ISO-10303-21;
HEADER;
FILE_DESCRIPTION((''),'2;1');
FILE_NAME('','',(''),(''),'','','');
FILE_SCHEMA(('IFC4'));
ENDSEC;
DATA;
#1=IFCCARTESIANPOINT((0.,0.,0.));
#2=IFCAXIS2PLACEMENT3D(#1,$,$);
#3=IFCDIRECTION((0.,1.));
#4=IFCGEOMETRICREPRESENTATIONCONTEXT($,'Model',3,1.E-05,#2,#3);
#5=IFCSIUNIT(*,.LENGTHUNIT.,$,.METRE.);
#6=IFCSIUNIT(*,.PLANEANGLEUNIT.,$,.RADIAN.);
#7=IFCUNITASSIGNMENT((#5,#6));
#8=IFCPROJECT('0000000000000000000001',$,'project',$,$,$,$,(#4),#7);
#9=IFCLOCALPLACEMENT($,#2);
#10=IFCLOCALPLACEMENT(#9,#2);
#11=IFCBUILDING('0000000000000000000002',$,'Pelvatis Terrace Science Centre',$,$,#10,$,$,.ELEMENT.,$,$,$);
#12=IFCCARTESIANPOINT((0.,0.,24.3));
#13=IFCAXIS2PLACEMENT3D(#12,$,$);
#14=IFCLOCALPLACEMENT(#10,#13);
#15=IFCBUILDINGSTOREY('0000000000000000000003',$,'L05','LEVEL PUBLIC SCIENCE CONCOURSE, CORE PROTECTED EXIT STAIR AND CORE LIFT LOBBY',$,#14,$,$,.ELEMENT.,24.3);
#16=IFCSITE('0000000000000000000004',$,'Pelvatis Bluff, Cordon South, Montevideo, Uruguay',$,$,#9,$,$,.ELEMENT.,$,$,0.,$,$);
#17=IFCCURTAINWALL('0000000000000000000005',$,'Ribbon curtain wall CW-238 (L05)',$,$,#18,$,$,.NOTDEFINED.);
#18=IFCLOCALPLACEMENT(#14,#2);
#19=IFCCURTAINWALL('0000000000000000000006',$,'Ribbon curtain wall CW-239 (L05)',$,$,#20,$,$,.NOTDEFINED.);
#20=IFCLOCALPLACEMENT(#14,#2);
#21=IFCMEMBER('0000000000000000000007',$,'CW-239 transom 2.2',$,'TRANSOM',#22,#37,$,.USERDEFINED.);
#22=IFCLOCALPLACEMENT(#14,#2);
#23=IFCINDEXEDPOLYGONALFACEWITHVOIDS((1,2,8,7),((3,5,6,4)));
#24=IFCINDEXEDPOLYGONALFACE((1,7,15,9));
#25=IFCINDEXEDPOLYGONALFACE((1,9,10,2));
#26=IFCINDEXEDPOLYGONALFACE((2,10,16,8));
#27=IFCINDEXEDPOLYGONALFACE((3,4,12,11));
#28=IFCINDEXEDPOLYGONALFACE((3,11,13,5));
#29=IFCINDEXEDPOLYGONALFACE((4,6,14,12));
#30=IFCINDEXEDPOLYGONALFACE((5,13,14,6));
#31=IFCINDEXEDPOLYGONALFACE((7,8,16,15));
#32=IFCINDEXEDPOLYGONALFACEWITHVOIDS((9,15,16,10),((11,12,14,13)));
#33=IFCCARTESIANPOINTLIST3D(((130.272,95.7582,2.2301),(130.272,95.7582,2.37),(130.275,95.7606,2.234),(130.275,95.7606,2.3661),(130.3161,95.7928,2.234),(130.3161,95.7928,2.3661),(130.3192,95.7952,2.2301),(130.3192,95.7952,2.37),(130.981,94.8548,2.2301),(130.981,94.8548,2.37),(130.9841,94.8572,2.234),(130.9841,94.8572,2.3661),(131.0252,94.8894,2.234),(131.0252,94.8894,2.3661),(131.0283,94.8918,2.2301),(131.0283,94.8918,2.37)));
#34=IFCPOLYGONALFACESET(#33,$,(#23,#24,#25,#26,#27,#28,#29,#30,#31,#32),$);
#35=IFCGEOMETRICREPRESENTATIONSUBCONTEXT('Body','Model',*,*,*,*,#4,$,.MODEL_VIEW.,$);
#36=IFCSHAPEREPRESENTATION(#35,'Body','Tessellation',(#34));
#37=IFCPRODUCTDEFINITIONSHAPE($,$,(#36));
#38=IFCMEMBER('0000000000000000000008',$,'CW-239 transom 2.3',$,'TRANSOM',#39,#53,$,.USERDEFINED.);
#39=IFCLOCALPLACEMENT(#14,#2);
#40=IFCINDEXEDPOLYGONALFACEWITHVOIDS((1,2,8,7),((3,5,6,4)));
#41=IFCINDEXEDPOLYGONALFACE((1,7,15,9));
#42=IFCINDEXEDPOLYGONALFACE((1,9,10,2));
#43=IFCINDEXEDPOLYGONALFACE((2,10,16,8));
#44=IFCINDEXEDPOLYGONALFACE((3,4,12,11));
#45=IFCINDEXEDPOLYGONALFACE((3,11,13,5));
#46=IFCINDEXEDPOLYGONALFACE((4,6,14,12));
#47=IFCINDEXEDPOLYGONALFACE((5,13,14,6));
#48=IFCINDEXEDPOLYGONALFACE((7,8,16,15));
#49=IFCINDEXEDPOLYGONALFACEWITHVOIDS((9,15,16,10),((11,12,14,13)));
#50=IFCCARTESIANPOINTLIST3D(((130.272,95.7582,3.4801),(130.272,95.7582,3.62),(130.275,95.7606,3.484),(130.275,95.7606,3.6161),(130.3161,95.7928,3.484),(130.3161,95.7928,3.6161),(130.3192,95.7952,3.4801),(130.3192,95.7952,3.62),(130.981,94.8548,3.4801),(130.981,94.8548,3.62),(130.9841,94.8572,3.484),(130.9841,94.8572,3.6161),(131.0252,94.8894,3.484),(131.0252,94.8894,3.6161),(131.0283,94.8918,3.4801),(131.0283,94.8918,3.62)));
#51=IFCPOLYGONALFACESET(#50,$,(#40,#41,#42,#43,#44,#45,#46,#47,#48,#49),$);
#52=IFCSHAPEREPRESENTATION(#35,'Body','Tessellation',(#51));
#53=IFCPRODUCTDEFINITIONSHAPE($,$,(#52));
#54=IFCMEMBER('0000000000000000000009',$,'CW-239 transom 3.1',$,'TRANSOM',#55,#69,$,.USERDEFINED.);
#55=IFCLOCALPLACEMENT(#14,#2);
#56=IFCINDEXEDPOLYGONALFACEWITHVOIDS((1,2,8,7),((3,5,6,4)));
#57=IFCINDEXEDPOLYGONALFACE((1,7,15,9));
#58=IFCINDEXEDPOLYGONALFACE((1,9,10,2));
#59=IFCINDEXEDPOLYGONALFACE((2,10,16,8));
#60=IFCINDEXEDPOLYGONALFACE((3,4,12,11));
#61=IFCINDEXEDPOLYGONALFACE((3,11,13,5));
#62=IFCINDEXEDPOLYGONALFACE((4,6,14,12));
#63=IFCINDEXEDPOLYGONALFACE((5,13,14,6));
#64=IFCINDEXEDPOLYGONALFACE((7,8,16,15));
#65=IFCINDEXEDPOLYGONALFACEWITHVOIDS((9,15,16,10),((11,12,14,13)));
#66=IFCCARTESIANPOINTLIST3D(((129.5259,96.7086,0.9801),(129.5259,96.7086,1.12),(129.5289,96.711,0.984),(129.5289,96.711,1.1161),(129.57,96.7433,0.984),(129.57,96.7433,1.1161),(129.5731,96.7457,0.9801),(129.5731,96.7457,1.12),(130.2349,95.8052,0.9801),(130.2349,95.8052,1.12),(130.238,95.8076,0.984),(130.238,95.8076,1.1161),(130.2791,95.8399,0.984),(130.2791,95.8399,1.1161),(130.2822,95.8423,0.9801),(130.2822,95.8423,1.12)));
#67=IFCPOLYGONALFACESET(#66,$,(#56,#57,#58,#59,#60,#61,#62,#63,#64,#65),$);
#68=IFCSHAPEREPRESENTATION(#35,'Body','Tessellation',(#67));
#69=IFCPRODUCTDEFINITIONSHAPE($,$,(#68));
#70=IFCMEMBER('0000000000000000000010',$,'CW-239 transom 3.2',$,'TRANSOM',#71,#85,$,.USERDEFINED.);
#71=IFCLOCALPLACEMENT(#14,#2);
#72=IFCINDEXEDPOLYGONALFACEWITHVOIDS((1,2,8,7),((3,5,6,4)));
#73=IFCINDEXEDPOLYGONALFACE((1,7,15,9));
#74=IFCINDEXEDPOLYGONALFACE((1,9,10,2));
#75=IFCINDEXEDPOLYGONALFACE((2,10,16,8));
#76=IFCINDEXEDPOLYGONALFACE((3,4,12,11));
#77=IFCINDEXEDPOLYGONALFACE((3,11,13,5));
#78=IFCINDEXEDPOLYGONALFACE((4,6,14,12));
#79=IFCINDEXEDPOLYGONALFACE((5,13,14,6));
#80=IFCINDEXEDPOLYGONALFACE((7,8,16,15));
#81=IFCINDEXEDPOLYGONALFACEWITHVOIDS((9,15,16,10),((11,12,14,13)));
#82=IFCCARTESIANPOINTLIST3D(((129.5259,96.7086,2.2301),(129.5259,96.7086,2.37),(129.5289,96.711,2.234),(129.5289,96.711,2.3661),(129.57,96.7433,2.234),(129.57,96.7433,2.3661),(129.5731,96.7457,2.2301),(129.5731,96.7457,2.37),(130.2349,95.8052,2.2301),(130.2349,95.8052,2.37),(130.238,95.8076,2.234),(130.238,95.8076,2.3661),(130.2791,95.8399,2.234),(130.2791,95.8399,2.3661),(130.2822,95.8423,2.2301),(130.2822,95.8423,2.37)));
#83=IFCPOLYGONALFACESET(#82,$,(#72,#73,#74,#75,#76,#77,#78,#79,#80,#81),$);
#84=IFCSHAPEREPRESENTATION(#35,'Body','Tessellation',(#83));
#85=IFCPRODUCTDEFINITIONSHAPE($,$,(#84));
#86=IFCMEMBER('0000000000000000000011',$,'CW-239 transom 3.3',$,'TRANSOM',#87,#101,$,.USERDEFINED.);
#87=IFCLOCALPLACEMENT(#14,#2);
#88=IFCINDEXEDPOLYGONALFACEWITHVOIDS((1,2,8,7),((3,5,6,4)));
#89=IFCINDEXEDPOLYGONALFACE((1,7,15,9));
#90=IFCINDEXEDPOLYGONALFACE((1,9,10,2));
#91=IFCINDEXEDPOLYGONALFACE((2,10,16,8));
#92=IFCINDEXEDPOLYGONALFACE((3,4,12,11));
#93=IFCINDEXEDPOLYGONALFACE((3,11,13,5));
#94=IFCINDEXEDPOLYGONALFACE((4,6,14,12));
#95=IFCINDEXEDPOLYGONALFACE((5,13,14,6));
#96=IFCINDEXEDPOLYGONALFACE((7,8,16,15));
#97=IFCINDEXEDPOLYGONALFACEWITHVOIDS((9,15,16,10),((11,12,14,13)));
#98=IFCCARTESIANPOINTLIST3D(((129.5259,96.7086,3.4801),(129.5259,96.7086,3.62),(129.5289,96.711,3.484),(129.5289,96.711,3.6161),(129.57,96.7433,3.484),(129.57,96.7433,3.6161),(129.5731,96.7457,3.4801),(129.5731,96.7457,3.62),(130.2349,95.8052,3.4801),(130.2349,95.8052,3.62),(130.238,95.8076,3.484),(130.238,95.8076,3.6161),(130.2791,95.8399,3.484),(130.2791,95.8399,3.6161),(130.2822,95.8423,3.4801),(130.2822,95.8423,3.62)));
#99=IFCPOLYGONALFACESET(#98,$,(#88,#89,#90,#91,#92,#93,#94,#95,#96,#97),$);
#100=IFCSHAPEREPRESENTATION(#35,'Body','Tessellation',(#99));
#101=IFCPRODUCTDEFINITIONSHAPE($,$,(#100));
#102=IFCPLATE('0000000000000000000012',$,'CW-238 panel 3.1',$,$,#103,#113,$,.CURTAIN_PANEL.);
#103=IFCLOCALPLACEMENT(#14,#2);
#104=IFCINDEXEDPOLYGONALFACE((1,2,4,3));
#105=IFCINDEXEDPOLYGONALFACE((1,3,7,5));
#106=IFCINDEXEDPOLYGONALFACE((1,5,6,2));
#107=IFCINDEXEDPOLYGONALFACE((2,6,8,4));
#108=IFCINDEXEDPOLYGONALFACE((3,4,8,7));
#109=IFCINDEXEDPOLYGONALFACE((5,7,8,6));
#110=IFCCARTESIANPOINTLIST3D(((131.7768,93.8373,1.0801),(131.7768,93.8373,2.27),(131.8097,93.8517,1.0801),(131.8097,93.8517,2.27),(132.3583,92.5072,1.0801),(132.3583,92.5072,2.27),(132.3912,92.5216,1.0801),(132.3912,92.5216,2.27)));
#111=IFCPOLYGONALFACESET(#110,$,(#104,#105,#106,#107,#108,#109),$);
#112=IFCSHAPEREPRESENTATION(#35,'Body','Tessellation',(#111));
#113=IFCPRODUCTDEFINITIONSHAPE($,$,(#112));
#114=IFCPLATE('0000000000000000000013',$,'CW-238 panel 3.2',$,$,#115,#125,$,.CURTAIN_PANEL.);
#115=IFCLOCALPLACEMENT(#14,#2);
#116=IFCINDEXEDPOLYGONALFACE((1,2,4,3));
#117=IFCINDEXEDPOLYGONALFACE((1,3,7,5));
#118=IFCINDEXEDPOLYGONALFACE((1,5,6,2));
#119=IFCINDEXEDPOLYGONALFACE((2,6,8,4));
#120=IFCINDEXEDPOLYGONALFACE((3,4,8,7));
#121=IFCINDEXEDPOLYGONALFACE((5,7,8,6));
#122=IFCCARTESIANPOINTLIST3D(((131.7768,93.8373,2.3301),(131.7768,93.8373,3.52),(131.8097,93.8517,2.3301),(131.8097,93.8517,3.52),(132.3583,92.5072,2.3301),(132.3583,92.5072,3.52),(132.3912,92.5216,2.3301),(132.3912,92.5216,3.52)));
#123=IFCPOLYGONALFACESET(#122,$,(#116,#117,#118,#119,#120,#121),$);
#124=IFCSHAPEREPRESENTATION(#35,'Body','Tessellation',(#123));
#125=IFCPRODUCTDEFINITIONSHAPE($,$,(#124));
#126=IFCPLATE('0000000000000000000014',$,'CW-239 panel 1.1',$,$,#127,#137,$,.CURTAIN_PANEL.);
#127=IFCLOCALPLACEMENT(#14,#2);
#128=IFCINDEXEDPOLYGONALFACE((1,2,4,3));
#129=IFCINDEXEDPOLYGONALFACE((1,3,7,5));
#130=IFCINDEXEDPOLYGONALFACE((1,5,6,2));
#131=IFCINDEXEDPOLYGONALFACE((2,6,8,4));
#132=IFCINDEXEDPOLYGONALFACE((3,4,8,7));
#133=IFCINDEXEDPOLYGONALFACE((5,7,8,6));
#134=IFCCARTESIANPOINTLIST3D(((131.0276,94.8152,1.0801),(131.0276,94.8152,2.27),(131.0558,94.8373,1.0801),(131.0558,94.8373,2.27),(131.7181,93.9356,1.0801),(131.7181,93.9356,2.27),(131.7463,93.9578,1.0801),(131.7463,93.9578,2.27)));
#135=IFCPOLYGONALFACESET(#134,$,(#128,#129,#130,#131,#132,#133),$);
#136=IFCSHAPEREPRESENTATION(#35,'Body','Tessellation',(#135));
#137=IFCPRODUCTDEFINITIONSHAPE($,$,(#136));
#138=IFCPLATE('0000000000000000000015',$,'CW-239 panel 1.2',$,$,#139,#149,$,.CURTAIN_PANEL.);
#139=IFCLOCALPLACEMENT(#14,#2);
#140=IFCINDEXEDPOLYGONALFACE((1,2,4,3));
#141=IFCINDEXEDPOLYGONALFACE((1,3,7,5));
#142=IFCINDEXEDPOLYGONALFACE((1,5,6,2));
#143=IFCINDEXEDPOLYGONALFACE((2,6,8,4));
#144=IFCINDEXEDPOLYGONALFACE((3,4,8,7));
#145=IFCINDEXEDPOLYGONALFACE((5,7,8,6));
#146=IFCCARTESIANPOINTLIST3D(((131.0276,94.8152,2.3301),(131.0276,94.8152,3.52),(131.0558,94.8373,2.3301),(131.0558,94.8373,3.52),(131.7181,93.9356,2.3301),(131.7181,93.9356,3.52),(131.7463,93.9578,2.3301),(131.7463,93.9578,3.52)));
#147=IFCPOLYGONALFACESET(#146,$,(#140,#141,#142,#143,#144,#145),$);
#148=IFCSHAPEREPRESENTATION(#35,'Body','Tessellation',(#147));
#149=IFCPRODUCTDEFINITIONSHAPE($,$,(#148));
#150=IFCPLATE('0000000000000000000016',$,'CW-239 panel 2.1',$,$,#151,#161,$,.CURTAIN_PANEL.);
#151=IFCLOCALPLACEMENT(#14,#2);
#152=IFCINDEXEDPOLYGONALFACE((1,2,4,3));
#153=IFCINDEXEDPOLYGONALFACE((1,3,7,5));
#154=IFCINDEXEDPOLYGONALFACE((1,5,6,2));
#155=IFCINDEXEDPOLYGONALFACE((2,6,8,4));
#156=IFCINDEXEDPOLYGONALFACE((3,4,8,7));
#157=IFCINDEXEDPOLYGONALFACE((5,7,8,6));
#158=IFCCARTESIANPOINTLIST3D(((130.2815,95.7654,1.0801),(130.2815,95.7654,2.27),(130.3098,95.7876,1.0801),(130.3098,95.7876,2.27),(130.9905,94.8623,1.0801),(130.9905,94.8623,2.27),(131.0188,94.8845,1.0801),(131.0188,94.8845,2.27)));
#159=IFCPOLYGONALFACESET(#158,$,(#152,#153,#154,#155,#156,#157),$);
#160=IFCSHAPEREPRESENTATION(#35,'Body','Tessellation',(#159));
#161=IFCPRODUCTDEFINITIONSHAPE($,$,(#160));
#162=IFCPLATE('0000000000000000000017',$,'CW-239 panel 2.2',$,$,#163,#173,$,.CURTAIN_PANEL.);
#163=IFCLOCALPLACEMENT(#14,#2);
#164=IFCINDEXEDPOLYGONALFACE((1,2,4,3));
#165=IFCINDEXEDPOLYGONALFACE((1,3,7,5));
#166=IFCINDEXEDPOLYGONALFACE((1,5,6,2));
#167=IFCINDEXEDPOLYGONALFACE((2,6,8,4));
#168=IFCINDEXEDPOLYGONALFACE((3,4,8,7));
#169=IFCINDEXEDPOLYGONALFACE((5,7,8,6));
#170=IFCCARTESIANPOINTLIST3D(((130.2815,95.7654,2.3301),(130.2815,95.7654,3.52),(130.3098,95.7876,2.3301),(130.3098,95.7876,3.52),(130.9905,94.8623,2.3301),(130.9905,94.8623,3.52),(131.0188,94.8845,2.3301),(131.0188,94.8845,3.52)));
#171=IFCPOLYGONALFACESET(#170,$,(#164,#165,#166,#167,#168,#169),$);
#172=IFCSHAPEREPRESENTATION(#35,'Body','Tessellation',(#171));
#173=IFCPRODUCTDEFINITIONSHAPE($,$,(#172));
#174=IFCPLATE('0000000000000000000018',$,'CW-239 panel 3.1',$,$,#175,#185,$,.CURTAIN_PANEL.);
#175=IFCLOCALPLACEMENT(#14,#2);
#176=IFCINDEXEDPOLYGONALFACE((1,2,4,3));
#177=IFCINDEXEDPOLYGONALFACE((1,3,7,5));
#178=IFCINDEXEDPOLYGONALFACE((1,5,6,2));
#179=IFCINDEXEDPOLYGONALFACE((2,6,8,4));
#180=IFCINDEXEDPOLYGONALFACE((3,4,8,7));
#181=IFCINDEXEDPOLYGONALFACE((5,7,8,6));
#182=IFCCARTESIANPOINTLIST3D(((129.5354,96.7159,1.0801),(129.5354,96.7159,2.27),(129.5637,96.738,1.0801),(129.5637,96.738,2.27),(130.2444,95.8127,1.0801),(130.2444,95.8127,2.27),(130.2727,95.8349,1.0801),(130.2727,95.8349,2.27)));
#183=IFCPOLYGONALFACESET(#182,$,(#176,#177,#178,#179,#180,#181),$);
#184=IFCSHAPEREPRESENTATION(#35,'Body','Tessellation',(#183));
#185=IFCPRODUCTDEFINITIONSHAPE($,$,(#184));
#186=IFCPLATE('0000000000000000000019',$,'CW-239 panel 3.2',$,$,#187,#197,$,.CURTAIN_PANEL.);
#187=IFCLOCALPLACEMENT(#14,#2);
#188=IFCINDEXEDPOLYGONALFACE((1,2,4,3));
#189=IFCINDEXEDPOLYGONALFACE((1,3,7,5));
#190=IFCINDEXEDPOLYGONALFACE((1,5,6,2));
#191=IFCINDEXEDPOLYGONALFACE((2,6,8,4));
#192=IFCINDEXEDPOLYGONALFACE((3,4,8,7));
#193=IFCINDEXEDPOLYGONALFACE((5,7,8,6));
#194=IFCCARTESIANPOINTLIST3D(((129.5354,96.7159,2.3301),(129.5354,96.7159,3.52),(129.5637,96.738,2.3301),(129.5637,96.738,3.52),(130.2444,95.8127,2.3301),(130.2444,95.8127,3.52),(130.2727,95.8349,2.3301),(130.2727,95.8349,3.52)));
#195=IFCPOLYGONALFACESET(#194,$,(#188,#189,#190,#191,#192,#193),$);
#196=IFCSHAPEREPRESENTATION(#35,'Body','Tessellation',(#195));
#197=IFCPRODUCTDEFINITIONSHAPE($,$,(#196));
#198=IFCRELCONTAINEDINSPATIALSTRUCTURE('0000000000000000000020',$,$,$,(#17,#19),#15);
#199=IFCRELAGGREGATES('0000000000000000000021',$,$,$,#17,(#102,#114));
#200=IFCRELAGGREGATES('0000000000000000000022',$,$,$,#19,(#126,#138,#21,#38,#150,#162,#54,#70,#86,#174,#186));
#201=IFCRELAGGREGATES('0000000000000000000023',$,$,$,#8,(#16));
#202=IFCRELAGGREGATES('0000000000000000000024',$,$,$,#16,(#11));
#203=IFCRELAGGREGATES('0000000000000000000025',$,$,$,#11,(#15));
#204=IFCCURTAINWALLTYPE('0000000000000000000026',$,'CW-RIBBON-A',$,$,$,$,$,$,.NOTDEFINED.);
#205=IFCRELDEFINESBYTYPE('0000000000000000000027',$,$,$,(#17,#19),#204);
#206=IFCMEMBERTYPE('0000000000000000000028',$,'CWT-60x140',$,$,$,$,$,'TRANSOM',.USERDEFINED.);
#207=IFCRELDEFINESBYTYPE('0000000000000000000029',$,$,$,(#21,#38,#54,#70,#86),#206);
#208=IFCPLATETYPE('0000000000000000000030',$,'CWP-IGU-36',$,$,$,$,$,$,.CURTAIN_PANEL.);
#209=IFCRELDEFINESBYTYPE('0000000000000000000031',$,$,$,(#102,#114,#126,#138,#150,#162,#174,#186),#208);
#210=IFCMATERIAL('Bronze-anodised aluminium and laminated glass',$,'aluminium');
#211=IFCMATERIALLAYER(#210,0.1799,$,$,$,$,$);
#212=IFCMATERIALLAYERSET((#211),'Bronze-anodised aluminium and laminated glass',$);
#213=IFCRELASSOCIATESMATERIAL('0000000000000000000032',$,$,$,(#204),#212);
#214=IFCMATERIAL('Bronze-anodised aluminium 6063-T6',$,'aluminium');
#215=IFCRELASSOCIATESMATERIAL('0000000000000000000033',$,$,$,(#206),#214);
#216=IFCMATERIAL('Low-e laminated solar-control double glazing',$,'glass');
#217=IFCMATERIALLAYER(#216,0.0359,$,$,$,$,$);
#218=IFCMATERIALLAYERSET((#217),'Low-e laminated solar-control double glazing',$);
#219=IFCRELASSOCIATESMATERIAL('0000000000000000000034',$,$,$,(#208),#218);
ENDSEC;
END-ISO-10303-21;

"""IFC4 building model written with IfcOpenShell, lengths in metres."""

from ifc_helpers import new_model, si_unit, direction, frame, origin, origin_2d, place, context, subcontext, project, spatial, rectangle, hollow_rectangle, extrude, material, layer, layer_set, material_profile, profile_set, type_object, element, aggregate, save


model = new_model("IFC4")

# Units and contexts
model_context = context("Model", 3, precision=1e-05, world=origin(), true_north=direction((0.0, 1.0)))
body_context = subcontext(model_context, "Body", "Model", "MODEL_VIEW")
ifc_project = project(units=[si_unit("LENGTHUNIT", "METRE"), si_unit("PLANEANGLEUNIT", "RADIAN")], contexts=[model_context])

# Site, building, storey
site_placement = place(None, origin())
site = spatial("IfcSite", under=ifc_project, at=site_placement, Name="Pelvatis Bluff, Cordon South, Montevideo, Uruguay", CompositionType="ELEMENT", RefElevation=0.0)
building_placement = place(site_placement, origin())
building = spatial("IfcBuilding", under=site, at=building_placement, Name="Pelvatis Terrace Science Centre", CompositionType="ELEMENT")
storey_placement = place(building_placement, frame((0.0, 0.0, 24.3)))
storey = spatial("IfcBuildingStorey", under=building, at=storey_placement, Name="L05", Description="LEVEL PUBLIC SCIENCE CONCOURSE, CORE PROTECTED EXIT STAIR AND CORE LIFT LOBBY", CompositionType="ELEMENT", Elevation=24.3)

# Curtain wall
ifc_material_1 = material(Name="Bronze-anodised aluminium and laminated glass", Category="aluminium")
ifc_layer_1 = layer(ifc_material_1, 0.1799)
ifc_layer_set_1 = layer_set([ifc_layer_1], Name="Bronze-anodised aluminium and laminated glass")
curtain_wall_type = type_object("IfcCurtainWallType", Name="CW-RIBBON-A", PredefinedType="NOTDEFINED", material=ifc_layer_set_1)
curtain_wall_1_placement = place(storey_placement, origin())
curtain_wall_1 = element("IfcCurtainWall", 1, at=curtain_wall_1_placement, inside=storey, type_object=curtain_wall_type, Name="Ribbon curtain wall CW-238 (L05)", PredefinedType="NOTDEFINED")

# Curtain wall, members
curtain_wall_2_placement = place(storey_placement, origin())
curtain_wall_2 = element("IfcCurtainWall", 2, at=curtain_wall_2_placement, inside=storey, type_object=curtain_wall_type, Name="Ribbon curtain wall CW-239 (L05)", PredefinedType="NOTDEFINED")
ifc_material_2 = material(Name="Bronze-anodised aluminium 6063-T6", Category="aluminium")
ifc_material_profile_1 = material_profile(ifc_material_2, hollow_rectangle(XDim=0.0601, YDim=0.1399, WallThickness=0.0039, at=origin_2d()), Name="ALU-TRN 60x140")
ifc_profile_set_1 = profile_set([ifc_material_profile_1], Name="Bronze-anodised aluminium 6063-T6")
member_type_1 = type_object("IfcMemberType", Name="CWT-60x140", ElementType="TRANSOM", PredefinedType="USERDEFINED", material=ifc_profile_set_1)
member_1_placement = place(storey_placement, frame((131.0046, 94.8733, 2.3), z_axis=(-0.617408, 0.786643, 0.0), x_axis=(-0.786643, -0.617408, 0.0)))
member_1 = element("IfcMember", 3, at=member_1_placement, type_object=member_type_1, Name="CW-239 transom 2.2", ObjectType="TRANSOM", PredefinedType="USERDEFINED", context=body_context, shape_type="SweptSolid", body=[
    extrude(hollow_rectangle(XDim=0.0601, YDim=0.1399, WallThickness=0.0039, at=origin_2d()), origin(), (0.0, 0.0, 1.0), 1.1484),
])
member_2_placement = place(storey_placement, frame((131.0046, 94.8733, 3.55), z_axis=(-0.617408, 0.786643, 0.0), x_axis=(-0.786643, -0.617408, 0.0)))
member_2 = element("IfcMember", 4, at=member_2_placement, type_object=member_type_1, Name="CW-239 transom 2.3", ObjectType="TRANSOM", PredefinedType="USERDEFINED", context=body_context, shape_type="SweptSolid", body=[
    extrude(hollow_rectangle(XDim=0.0601, YDim=0.1399, WallThickness=0.0039, at=origin_2d()), origin(), (0.0, 0.0, 1.0), 1.1484),
])
member_3_placement = place(storey_placement, frame((130.2585, 95.8237, 1.05), z_axis=(-0.617408, 0.786643, 0.0), x_axis=(-0.786643, -0.617408, 0.0)))
member_3 = element("IfcMember", 5, at=member_3_placement, type_object=member_type_1, Name="CW-239 transom 3.1", ObjectType="TRANSOM", PredefinedType="USERDEFINED", context=body_context, shape_type="SweptSolid", body=[
    extrude(hollow_rectangle(XDim=0.0601, YDim=0.1399, WallThickness=0.0039, at=origin_2d()), origin(), (0.0, 0.0, 1.0), 1.1484),
])
member_4_placement = place(storey_placement, frame((130.2585, 95.8237, 2.3), z_axis=(-0.617408, 0.786643, 0.0), x_axis=(-0.786643, -0.617408, 0.0)))
member_4 = element("IfcMember", 6, at=member_4_placement, type_object=member_type_1, Name="CW-239 transom 3.2", ObjectType="TRANSOM", PredefinedType="USERDEFINED", context=body_context, shape_type="SweptSolid", body=[
    extrude(hollow_rectangle(XDim=0.0601, YDim=0.1399, WallThickness=0.0039, at=origin_2d()), origin(), (0.0, 0.0, 1.0), 1.1484),
])
member_5_placement = place(storey_placement, frame((130.2585, 95.8237, 3.55), z_axis=(-0.617408, 0.786643, 0.0), x_axis=(-0.786643, -0.617408, 0.0)))
member_5 = element("IfcMember", 7, at=member_5_placement, type_object=member_type_1, Name="CW-239 transom 3.3", ObjectType="TRANSOM", PredefinedType="USERDEFINED", context=body_context, shape_type="SweptSolid", body=[
    extrude(hollow_rectangle(XDim=0.0601, YDim=0.1399, WallThickness=0.0039, at=origin_2d()), origin(), (0.0, 0.0, 1.0), 1.1484),
])

# Plates
ifc_material_3 = material(Name="Low-e laminated solar-control double glazing", Category="glass")
ifc_layer_2 = layer(ifc_material_3, 0.0359)
ifc_layer_set_2 = layer_set([ifc_layer_2], Name="Low-e laminated solar-control double glazing")
plate_type = type_object("IfcPlateType", Name="CWP-IGU-36", PredefinedType="CURTAIN_PANEL", material=ifc_layer_set_2)
plate_1_placement = place(storey_placement, frame((132.084, 93.1794, 1.0801), z_axis=(0.0, 0.0, 1.0), x_axis=(-0.40055, 0.916275, 0.0)))
plate_1 = element("IfcPlate", 8, at=plate_1_placement, type_object=plate_type, Name="CW-238 panel 3.1", PredefinedType="CURTAIN_PANEL", context=body_context, shape_type="SweptSolid", body=[
    extrude(rectangle(XDim=1.4517, YDim=0.0359, at=origin_2d()), origin(), (0.0, 0.0, 1.0), 1.1899),
])
plate_2_placement = place(storey_placement, frame((132.084, 93.1794, 2.3301), z_axis=(0.0, 0.0, 1.0), x_axis=(-0.40055, 0.916275, 0.0)))
plate_2 = element("IfcPlate", 9, at=plate_2_placement, type_object=plate_type, Name="CW-238 panel 3.2", PredefinedType="CURTAIN_PANEL", context=body_context, shape_type="SweptSolid", body=[
    extrude(rectangle(XDim=1.4517, YDim=0.0359, at=origin_2d()), origin(), (0.0, 0.0, 1.0), 1.1899),
])
aggregate(curtain_wall_1, [plate_1, plate_2])
plate_3_placement = place(storey_placement, frame((131.387, 94.3865, 1.0801), z_axis=(0.0, 0.0, 1.0), x_axis=(-0.617493, 0.786577, 0.0)))
plate_3 = element("IfcPlate", 10, at=plate_3_placement, type_object=plate_type, Name="CW-239 panel 1.1", PredefinedType="CURTAIN_PANEL", context=body_context, shape_type="SweptSolid", body=[
    extrude(rectangle(XDim=1.1182, YDim=0.0359, at=origin_2d()), origin(), (0.0, 0.0, 1.0), 1.1899),
])
plate_4_placement = place(storey_placement, frame((131.387, 94.3865, 2.3301), z_axis=(0.0, 0.0, 1.0), x_axis=(-0.617493, 0.786577, 0.0)))
plate_4 = element("IfcPlate", 11, at=plate_4_placement, type_object=plate_type, Name="CW-239 panel 1.2", PredefinedType="CURTAIN_PANEL", context=body_context, shape_type="SweptSolid", body=[
    extrude(rectangle(XDim=1.1182, YDim=0.0359, at=origin_2d()), origin(), (0.0, 0.0, 1.0), 1.1899),
])
plate_5_placement = place(storey_placement, frame((130.6501, 95.325, 1.0801), z_axis=(0.0, 0.0, 1.0), x_axis=(-0.617493, 0.786577, 0.0)))
plate_5 = element("IfcPlate", 12, at=plate_5_placement, type_object=plate_type, Name="CW-239 panel 2.1", PredefinedType="CURTAIN_PANEL", context=body_context, shape_type="SweptSolid", body=[
    extrude(rectangle(XDim=1.1482, YDim=0.0359, at=origin_2d()), origin(), (0.0, 0.0, 1.0), 1.1899),
])
plate_6_placement = place(storey_placement, frame((130.6501, 95.325, 2.3301), z_axis=(0.0, 0.0, 1.0), x_axis=(-0.617493, 0.786577, 0.0)))
plate_6 = element("IfcPlate", 13, at=plate_6_placement, type_object=plate_type, Name="CW-239 panel 2.2", PredefinedType="CURTAIN_PANEL", context=body_context, shape_type="SweptSolid", body=[
    extrude(rectangle(XDim=1.1482, YDim=0.0359, at=origin_2d()), origin(), (0.0, 0.0, 1.0), 1.1899),
])
plate_7_placement = place(storey_placement, frame((129.9041, 96.2754, 1.0801), z_axis=(0.0, 0.0, 1.0), x_axis=(-0.617493, 0.786577, 0.0)))
plate_7 = element("IfcPlate", 14, at=plate_7_placement, type_object=plate_type, Name="CW-239 panel 3.1", PredefinedType="CURTAIN_PANEL", context=body_context, shape_type="SweptSolid", body=[
    extrude(rectangle(XDim=1.1482, YDim=0.0359, at=origin_2d()), origin(), (0.0, 0.0, 1.0), 1.1899),
])
plate_8_placement = place(storey_placement, frame((129.9041, 96.2754, 2.3301), z_axis=(0.0, 0.0, 1.0), x_axis=(-0.617493, 0.786577, 0.0)))
plate_8 = element("IfcPlate", 15, at=plate_8_placement, type_object=plate_type, Name="CW-239 panel 3.2", PredefinedType="CURTAIN_PANEL", context=body_context, shape_type="SweptSolid", body=[
    extrude(rectangle(XDim=1.1482, YDim=0.0359, at=origin_2d()), origin(), (0.0, 0.0, 1.0), 1.1899),
])
aggregate(curtain_wall_2, [plate_3, plate_4, member_1, member_2, plate_5, plate_6, member_3, member_4, member_5, plate_7, plate_8])

save(model, "model.ifc")
